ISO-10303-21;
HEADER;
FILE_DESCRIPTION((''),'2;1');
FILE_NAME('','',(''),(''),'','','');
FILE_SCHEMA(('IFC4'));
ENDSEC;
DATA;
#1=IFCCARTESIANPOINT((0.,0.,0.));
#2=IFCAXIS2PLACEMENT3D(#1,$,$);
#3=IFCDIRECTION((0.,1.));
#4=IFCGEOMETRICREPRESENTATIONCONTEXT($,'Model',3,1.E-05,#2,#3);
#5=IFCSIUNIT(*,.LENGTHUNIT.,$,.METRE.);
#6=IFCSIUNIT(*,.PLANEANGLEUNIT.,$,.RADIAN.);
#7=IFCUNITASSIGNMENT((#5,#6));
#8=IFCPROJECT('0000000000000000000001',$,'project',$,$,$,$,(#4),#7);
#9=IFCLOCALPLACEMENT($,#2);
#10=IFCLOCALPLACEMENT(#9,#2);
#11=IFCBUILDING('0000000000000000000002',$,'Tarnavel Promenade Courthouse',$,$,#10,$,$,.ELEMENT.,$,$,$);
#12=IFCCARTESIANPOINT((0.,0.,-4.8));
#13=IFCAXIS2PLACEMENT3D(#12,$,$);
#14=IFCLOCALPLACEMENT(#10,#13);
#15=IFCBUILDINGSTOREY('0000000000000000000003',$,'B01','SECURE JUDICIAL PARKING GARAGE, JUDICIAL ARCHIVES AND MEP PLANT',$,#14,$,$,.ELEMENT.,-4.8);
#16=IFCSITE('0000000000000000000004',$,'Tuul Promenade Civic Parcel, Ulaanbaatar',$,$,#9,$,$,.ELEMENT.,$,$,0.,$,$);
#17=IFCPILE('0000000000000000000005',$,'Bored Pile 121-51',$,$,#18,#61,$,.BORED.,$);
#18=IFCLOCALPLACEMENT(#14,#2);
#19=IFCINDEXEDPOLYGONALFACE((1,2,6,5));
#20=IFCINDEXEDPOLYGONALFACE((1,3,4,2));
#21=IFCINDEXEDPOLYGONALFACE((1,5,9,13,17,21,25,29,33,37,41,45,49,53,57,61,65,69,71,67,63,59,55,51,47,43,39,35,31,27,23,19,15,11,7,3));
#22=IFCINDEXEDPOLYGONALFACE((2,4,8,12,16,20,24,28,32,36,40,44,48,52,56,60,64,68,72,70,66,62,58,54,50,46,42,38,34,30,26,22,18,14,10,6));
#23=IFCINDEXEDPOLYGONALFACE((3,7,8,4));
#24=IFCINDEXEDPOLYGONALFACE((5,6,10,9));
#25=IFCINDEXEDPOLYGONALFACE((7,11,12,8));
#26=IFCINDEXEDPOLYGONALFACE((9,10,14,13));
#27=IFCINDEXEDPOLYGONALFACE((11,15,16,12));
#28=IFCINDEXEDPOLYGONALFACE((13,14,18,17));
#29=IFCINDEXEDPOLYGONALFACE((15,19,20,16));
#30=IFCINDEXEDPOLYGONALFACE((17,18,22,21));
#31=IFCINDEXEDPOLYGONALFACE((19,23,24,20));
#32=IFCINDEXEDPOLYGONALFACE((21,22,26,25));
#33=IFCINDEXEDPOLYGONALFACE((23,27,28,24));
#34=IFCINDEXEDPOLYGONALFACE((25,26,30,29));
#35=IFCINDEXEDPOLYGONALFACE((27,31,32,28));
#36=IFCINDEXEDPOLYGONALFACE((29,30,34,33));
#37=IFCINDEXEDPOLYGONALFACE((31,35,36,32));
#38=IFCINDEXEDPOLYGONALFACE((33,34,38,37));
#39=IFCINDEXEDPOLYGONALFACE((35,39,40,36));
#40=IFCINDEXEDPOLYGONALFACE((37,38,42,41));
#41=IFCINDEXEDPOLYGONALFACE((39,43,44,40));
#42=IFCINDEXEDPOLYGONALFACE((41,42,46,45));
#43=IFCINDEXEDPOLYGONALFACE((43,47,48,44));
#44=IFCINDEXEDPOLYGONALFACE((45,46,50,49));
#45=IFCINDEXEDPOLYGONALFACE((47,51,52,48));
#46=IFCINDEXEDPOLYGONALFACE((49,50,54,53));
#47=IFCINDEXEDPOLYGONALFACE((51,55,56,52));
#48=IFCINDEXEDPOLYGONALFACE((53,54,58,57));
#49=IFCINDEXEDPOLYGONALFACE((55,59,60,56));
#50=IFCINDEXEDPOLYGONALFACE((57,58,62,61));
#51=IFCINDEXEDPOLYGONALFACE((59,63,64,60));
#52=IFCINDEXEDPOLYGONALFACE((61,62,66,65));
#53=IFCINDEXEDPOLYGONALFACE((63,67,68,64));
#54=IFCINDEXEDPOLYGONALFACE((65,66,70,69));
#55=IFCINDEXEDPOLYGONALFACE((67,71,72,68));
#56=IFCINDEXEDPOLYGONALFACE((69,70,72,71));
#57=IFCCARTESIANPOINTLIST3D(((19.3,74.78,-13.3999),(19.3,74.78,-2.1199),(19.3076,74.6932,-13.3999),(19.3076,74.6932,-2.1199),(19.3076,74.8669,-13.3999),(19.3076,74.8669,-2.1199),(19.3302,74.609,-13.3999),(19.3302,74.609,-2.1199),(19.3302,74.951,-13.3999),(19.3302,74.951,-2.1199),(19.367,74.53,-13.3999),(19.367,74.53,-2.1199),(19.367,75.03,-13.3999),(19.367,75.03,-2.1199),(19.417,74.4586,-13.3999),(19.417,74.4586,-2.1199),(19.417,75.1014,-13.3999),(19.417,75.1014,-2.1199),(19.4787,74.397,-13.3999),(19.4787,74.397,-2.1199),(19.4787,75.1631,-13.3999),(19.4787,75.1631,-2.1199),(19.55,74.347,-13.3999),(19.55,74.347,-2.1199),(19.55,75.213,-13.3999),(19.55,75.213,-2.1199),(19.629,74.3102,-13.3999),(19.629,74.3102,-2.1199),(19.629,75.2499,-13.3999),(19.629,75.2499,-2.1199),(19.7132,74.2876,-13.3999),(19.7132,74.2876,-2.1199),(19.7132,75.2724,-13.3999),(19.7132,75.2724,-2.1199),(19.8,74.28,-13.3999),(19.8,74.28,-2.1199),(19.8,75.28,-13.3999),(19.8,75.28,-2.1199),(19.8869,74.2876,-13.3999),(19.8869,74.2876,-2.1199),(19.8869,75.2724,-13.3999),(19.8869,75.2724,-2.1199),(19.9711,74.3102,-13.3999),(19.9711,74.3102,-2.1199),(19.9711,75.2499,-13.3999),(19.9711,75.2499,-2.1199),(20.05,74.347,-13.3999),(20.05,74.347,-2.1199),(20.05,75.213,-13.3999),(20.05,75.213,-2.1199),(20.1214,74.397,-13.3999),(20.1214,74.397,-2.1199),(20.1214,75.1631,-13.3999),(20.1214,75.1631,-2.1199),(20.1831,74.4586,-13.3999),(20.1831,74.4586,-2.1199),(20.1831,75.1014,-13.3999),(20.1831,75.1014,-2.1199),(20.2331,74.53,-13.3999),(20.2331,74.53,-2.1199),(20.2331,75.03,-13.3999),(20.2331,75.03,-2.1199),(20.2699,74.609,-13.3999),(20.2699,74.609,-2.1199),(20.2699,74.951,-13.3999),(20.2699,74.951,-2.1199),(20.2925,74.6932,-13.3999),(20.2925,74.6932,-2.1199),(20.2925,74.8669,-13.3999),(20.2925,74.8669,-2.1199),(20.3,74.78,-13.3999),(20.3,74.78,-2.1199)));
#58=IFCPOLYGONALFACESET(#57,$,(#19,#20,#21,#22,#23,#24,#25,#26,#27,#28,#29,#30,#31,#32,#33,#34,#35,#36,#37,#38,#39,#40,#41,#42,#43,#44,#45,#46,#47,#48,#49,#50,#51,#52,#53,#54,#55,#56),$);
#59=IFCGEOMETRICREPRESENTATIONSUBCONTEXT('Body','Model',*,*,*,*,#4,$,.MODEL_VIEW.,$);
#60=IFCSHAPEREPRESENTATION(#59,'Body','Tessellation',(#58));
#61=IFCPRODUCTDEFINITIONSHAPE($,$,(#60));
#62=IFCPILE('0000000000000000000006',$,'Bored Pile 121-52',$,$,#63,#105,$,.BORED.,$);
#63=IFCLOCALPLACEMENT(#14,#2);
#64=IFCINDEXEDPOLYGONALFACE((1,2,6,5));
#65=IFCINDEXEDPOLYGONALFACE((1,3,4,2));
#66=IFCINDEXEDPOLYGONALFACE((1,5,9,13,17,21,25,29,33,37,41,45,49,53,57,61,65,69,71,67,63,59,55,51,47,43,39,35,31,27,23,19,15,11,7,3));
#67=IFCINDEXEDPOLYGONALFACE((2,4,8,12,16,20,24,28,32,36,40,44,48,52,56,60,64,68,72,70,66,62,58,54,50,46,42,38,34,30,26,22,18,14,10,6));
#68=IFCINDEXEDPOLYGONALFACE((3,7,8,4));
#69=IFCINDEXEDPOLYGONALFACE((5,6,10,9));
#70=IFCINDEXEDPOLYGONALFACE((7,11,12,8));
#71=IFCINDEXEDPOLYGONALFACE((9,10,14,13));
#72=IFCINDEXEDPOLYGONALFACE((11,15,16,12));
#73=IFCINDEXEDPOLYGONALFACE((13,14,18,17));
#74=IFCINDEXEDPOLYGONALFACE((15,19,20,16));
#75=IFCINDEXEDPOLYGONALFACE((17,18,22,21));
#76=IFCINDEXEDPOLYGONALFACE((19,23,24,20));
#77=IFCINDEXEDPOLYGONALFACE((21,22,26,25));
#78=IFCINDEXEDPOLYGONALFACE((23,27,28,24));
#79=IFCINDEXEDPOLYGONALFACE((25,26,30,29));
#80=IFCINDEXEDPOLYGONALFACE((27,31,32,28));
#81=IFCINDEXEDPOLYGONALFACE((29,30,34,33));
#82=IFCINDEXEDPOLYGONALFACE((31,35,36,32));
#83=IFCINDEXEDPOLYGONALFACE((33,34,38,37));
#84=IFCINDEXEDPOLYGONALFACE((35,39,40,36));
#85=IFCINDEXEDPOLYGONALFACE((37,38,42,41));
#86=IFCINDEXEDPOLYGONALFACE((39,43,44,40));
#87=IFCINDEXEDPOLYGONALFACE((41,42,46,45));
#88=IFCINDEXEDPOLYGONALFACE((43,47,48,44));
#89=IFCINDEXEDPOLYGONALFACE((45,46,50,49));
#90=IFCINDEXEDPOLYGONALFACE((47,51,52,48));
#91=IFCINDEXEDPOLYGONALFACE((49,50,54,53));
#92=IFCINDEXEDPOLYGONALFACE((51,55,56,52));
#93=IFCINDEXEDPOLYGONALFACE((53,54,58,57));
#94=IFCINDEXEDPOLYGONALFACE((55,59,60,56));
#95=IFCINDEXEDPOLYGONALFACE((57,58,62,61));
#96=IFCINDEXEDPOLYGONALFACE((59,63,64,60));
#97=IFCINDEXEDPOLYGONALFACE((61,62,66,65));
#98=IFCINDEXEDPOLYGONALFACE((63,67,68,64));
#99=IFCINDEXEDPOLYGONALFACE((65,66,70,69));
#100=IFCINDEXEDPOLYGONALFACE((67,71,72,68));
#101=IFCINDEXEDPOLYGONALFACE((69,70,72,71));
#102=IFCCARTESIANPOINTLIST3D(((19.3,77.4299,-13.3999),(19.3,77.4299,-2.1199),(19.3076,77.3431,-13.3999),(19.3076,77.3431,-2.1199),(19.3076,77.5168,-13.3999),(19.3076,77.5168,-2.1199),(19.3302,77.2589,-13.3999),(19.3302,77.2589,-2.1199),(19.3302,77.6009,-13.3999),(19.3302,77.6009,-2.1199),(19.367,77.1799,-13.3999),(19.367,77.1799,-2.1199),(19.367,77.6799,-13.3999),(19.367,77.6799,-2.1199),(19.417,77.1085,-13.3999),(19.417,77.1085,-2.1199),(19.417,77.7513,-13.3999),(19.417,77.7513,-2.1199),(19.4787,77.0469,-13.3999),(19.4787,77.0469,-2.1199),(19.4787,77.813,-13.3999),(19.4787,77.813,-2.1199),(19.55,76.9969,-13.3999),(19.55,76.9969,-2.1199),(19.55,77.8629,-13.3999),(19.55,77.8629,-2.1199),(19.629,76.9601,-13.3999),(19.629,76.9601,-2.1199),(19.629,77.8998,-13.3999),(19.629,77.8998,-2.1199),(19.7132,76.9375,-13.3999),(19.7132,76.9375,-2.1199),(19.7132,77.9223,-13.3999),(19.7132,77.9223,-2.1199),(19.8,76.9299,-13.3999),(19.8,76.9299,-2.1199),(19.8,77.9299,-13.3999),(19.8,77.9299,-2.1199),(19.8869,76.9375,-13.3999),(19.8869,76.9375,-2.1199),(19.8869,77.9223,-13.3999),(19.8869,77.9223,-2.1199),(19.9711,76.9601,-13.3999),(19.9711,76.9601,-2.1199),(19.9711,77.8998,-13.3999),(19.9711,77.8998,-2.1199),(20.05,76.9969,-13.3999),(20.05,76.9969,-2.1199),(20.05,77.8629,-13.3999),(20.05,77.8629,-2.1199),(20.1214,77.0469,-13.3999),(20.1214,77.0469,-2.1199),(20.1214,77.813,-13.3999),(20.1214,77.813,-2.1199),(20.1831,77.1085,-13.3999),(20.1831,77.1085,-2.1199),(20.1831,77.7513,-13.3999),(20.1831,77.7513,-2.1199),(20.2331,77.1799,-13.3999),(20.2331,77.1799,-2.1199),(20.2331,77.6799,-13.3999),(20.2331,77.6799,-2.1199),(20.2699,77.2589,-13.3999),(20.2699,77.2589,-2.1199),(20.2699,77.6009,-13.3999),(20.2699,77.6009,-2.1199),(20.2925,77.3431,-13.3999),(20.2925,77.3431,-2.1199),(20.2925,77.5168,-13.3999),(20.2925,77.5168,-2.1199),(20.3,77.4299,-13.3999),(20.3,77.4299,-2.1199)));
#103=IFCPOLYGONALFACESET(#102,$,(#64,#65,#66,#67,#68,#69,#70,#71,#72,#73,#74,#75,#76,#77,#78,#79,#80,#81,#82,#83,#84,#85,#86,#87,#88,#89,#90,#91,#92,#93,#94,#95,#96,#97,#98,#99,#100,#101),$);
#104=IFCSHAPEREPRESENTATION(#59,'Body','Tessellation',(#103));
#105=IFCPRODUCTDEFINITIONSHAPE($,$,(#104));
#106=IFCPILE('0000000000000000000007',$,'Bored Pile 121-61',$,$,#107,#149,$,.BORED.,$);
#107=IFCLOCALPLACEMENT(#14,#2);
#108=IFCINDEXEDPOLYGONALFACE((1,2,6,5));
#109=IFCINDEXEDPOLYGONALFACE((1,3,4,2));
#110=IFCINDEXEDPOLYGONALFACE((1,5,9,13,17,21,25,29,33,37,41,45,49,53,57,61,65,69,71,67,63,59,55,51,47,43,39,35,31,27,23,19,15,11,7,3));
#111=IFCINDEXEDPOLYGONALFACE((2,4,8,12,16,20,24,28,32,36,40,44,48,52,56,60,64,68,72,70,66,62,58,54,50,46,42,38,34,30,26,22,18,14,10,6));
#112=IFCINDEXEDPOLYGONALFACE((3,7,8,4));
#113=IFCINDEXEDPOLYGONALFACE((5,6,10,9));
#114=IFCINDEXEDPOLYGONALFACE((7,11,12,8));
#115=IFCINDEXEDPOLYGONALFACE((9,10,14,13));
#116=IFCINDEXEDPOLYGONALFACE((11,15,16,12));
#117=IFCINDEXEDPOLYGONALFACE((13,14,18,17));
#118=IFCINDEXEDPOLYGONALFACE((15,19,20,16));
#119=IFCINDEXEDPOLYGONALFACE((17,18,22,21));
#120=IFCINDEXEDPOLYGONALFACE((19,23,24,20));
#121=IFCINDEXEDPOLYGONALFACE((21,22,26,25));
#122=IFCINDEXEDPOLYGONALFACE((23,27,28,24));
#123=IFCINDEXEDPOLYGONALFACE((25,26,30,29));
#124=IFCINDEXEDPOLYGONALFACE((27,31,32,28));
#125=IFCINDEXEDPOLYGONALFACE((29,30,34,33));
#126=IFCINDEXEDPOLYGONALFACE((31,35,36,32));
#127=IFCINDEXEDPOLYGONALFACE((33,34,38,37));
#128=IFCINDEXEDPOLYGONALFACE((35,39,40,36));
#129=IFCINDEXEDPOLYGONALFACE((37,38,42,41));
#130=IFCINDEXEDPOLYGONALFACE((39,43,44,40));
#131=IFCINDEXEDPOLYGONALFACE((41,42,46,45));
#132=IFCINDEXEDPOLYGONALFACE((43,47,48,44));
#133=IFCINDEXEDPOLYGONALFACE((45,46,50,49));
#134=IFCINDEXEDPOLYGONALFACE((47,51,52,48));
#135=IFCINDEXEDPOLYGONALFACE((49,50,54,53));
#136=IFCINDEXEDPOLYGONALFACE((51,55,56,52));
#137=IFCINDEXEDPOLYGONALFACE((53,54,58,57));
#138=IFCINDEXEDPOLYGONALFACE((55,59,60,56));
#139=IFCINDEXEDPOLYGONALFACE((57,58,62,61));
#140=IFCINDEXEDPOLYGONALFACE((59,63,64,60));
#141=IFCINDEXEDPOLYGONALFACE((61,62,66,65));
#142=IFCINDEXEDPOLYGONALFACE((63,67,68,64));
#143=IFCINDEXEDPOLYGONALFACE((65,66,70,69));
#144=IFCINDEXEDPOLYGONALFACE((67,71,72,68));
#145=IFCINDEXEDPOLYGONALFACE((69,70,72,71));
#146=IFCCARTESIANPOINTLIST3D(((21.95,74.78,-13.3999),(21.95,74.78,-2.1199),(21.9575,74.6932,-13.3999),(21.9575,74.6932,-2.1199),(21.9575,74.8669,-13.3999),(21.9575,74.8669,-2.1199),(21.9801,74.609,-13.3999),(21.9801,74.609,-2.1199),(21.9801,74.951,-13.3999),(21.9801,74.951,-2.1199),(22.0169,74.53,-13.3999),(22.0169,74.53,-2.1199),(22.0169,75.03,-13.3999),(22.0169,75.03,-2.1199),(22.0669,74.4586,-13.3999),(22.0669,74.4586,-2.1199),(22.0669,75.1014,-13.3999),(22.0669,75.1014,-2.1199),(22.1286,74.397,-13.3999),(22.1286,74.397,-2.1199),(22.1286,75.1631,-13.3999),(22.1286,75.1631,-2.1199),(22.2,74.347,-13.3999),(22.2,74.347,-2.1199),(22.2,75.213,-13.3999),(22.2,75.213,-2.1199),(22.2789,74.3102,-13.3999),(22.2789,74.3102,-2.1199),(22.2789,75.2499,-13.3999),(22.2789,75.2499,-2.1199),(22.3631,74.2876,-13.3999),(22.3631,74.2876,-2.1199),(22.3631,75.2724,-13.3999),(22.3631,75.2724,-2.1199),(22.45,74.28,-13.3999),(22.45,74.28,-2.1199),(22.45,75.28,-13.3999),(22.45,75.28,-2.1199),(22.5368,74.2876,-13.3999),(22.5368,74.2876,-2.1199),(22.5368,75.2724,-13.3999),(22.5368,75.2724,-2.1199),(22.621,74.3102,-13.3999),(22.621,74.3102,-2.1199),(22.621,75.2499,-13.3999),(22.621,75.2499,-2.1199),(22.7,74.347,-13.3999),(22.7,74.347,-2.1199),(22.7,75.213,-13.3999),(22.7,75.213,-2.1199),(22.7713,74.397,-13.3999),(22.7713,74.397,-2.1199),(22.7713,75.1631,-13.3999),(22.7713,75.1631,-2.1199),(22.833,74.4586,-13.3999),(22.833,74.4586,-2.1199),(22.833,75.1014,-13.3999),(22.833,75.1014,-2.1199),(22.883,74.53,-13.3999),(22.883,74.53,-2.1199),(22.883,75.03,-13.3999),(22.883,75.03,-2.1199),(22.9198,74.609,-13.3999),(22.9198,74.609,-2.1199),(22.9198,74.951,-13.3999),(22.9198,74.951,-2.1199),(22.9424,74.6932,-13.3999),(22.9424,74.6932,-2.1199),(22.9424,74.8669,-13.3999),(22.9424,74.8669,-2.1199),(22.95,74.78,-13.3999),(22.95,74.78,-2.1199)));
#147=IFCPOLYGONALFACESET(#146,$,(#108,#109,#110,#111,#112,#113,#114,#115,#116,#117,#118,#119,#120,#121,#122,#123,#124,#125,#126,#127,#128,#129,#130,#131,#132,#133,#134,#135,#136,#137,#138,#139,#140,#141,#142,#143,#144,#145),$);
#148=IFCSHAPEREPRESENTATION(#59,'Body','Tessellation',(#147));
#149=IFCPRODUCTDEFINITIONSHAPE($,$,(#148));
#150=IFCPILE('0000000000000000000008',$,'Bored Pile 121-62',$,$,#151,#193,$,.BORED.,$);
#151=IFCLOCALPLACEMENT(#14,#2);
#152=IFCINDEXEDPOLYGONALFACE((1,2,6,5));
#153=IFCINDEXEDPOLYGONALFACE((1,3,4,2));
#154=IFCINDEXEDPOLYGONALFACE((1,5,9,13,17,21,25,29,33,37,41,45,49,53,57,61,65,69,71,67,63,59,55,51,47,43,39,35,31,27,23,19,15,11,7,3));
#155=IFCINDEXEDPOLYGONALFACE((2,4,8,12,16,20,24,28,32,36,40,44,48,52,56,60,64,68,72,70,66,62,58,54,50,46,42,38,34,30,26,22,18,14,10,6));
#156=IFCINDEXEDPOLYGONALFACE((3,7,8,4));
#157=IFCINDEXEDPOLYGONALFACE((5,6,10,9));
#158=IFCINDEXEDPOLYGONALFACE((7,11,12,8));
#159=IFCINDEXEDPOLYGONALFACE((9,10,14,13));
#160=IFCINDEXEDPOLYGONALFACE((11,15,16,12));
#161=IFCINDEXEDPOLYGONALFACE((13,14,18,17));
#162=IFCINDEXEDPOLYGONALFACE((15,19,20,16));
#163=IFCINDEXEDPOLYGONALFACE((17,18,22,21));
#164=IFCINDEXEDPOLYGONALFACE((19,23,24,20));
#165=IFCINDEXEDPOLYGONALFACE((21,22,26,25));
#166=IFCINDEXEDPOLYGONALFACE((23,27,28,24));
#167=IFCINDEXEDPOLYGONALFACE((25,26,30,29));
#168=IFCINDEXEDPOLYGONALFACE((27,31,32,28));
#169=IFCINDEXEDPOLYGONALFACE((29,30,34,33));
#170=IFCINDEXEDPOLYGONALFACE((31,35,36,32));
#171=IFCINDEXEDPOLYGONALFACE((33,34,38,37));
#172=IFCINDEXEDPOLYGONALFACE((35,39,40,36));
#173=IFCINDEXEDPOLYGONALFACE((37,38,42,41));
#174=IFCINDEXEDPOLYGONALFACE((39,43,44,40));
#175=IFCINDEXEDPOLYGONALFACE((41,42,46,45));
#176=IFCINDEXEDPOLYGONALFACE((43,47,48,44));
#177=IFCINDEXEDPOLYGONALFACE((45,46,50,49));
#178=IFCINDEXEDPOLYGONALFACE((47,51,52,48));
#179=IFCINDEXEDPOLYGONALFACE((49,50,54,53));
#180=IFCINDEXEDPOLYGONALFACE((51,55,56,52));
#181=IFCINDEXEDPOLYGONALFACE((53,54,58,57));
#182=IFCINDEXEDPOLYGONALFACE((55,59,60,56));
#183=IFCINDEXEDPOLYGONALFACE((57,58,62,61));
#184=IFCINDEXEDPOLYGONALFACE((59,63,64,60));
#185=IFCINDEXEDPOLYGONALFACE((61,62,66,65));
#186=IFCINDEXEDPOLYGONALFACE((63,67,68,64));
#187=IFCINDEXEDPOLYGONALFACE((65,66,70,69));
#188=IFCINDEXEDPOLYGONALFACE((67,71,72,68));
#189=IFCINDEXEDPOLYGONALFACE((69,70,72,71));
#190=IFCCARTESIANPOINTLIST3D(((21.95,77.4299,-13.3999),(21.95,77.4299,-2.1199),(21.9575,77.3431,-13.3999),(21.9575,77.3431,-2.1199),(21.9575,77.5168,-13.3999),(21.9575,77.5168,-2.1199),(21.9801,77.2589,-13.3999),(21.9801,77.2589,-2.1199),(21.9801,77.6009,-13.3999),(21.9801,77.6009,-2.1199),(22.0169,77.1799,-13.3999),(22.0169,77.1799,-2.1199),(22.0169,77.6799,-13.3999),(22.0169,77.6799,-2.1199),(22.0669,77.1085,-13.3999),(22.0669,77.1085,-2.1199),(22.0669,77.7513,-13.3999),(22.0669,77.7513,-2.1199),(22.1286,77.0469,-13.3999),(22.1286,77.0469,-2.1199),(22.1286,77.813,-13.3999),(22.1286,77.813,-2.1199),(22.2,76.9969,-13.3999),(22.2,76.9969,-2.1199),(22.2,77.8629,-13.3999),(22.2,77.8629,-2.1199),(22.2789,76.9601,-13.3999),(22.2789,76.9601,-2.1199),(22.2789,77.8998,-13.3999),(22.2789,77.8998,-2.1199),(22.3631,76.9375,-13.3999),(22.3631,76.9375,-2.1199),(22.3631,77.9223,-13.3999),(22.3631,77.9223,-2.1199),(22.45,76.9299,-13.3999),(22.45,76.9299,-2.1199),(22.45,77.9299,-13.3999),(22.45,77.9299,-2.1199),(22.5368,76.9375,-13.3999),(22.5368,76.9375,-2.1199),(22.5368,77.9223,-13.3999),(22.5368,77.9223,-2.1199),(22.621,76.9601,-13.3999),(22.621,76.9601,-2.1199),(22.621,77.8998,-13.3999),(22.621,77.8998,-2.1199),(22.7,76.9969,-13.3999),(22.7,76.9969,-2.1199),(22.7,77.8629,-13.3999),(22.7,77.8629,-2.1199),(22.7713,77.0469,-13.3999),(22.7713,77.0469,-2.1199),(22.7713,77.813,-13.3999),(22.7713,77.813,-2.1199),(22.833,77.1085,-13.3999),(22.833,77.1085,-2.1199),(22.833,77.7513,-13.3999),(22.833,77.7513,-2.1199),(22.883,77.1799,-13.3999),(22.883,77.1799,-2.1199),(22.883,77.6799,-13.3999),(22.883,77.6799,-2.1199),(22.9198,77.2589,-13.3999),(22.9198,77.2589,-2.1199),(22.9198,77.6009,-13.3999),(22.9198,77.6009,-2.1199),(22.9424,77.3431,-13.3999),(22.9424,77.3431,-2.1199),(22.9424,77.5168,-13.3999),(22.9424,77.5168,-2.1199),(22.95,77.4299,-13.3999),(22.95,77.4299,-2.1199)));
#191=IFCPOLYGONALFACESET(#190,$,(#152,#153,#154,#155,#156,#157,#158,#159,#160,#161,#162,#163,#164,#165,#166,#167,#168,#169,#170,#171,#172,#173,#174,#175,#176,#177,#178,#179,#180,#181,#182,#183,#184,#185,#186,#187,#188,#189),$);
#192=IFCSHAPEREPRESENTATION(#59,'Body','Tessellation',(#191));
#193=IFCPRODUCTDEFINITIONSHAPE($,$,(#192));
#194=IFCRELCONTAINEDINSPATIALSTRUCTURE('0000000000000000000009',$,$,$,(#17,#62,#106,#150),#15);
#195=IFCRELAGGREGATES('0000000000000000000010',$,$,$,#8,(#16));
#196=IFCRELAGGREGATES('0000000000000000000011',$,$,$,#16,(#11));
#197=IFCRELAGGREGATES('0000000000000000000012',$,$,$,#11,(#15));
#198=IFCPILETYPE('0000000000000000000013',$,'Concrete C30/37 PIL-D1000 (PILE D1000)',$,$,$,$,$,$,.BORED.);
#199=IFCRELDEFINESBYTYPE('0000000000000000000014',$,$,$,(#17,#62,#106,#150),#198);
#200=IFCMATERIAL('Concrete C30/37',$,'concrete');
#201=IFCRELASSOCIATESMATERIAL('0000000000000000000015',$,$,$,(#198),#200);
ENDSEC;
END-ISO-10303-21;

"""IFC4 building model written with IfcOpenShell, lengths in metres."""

from ifc_helpers import new_model, si_unit, direction, frame, origin, origin_2d, place, context, subcontext, project, spatial, circle, extrude, material, material_profile, profile_set, type_object, element, save


model = new_model("IFC4")

# Units and contexts
model_context = context("Model", 3, precision=1e-05, world=origin(), true_north=direction((0.0, 1.0)))
body_context = subcontext(model_context, "Body", "Model", "MODEL_VIEW")
ifc_project = project(units=[si_unit("LENGTHUNIT", "METRE"), si_unit("PLANEANGLEUNIT", "RADIAN")], contexts=[model_context])

# Site, building, storey
site_placement = place(None, origin())
site = spatial("IfcSite", under=ifc_project, at=site_placement, Name="Tuul Promenade Civic Parcel, Ulaanbaatar", CompositionType="ELEMENT", RefElevation=0.0)
building_placement = place(site_placement, origin())
building = spatial("IfcBuilding", under=site, at=building_placement, Name="Tarnavel Promenade Courthouse", CompositionType="ELEMENT")
storey_placement = place(building_placement, frame((0.0, 0.0, -4.8)))
storey = spatial("IfcBuildingStorey", under=building, at=storey_placement, Name="B01", Description="SECURE JUDICIAL PARKING GARAGE, JUDICIAL ARCHIVES AND MEP PLANT", CompositionType="ELEMENT", Elevation=-4.8)

# Piles
ifc_material_1 = material(Name="Concrete C30/37", Category="concrete")
ifc_material_profile_1 = material_profile(ifc_material_1, circle(Radius=0.5, at=origin_2d()), Name="PILE D1000")
ifc_profile_set_1 = profile_set([ifc_material_profile_1], Name="Concrete C30/37")
pile_type = type_object("IfcPileType", Name="Concrete C30/37 PIL-D1000 (PILE D1000)", PredefinedType="BORED", material=ifc_profile_set_1)
for number, where, z_axis, x_axis, name in (
    (1, (19.8, 74.78, -2.1199), (0.0, 0.0, -1.0), (1.0, 0.0, 0.0), "Bored Pile 121-51"),
    (2, (19.8, 77.4299, -2.1199), (0.0, 0.0, -1.0), (1.0, 0.0, 0.0), "Bored Pile 121-52"),
    (3, (22.45, 74.78, -2.1199), (0.0, 0.0, -1.0), (1.0, 0.0, 0.0), "Bored Pile 121-61"),
    (4, (22.45, 77.4299, -2.1199), (0.0, 0.0, -1.0), (1.0, 0.0, 0.0), "Bored Pile 121-62"),
):
    element("IfcPile", number, at=place(storey_placement, frame(where, z_axis=z_axis, x_axis=x_axis)), inside=storey, type_object=pile_type, Name=name, PredefinedType="BORED", context=body_context, shape_type="SweptSolid", body=[
        extrude(circle(Radius=0.5, at=origin_2d()), origin(), (0.0, 0.0, 1.0), 11.28),
    ])

save(model, "model.ifc")
